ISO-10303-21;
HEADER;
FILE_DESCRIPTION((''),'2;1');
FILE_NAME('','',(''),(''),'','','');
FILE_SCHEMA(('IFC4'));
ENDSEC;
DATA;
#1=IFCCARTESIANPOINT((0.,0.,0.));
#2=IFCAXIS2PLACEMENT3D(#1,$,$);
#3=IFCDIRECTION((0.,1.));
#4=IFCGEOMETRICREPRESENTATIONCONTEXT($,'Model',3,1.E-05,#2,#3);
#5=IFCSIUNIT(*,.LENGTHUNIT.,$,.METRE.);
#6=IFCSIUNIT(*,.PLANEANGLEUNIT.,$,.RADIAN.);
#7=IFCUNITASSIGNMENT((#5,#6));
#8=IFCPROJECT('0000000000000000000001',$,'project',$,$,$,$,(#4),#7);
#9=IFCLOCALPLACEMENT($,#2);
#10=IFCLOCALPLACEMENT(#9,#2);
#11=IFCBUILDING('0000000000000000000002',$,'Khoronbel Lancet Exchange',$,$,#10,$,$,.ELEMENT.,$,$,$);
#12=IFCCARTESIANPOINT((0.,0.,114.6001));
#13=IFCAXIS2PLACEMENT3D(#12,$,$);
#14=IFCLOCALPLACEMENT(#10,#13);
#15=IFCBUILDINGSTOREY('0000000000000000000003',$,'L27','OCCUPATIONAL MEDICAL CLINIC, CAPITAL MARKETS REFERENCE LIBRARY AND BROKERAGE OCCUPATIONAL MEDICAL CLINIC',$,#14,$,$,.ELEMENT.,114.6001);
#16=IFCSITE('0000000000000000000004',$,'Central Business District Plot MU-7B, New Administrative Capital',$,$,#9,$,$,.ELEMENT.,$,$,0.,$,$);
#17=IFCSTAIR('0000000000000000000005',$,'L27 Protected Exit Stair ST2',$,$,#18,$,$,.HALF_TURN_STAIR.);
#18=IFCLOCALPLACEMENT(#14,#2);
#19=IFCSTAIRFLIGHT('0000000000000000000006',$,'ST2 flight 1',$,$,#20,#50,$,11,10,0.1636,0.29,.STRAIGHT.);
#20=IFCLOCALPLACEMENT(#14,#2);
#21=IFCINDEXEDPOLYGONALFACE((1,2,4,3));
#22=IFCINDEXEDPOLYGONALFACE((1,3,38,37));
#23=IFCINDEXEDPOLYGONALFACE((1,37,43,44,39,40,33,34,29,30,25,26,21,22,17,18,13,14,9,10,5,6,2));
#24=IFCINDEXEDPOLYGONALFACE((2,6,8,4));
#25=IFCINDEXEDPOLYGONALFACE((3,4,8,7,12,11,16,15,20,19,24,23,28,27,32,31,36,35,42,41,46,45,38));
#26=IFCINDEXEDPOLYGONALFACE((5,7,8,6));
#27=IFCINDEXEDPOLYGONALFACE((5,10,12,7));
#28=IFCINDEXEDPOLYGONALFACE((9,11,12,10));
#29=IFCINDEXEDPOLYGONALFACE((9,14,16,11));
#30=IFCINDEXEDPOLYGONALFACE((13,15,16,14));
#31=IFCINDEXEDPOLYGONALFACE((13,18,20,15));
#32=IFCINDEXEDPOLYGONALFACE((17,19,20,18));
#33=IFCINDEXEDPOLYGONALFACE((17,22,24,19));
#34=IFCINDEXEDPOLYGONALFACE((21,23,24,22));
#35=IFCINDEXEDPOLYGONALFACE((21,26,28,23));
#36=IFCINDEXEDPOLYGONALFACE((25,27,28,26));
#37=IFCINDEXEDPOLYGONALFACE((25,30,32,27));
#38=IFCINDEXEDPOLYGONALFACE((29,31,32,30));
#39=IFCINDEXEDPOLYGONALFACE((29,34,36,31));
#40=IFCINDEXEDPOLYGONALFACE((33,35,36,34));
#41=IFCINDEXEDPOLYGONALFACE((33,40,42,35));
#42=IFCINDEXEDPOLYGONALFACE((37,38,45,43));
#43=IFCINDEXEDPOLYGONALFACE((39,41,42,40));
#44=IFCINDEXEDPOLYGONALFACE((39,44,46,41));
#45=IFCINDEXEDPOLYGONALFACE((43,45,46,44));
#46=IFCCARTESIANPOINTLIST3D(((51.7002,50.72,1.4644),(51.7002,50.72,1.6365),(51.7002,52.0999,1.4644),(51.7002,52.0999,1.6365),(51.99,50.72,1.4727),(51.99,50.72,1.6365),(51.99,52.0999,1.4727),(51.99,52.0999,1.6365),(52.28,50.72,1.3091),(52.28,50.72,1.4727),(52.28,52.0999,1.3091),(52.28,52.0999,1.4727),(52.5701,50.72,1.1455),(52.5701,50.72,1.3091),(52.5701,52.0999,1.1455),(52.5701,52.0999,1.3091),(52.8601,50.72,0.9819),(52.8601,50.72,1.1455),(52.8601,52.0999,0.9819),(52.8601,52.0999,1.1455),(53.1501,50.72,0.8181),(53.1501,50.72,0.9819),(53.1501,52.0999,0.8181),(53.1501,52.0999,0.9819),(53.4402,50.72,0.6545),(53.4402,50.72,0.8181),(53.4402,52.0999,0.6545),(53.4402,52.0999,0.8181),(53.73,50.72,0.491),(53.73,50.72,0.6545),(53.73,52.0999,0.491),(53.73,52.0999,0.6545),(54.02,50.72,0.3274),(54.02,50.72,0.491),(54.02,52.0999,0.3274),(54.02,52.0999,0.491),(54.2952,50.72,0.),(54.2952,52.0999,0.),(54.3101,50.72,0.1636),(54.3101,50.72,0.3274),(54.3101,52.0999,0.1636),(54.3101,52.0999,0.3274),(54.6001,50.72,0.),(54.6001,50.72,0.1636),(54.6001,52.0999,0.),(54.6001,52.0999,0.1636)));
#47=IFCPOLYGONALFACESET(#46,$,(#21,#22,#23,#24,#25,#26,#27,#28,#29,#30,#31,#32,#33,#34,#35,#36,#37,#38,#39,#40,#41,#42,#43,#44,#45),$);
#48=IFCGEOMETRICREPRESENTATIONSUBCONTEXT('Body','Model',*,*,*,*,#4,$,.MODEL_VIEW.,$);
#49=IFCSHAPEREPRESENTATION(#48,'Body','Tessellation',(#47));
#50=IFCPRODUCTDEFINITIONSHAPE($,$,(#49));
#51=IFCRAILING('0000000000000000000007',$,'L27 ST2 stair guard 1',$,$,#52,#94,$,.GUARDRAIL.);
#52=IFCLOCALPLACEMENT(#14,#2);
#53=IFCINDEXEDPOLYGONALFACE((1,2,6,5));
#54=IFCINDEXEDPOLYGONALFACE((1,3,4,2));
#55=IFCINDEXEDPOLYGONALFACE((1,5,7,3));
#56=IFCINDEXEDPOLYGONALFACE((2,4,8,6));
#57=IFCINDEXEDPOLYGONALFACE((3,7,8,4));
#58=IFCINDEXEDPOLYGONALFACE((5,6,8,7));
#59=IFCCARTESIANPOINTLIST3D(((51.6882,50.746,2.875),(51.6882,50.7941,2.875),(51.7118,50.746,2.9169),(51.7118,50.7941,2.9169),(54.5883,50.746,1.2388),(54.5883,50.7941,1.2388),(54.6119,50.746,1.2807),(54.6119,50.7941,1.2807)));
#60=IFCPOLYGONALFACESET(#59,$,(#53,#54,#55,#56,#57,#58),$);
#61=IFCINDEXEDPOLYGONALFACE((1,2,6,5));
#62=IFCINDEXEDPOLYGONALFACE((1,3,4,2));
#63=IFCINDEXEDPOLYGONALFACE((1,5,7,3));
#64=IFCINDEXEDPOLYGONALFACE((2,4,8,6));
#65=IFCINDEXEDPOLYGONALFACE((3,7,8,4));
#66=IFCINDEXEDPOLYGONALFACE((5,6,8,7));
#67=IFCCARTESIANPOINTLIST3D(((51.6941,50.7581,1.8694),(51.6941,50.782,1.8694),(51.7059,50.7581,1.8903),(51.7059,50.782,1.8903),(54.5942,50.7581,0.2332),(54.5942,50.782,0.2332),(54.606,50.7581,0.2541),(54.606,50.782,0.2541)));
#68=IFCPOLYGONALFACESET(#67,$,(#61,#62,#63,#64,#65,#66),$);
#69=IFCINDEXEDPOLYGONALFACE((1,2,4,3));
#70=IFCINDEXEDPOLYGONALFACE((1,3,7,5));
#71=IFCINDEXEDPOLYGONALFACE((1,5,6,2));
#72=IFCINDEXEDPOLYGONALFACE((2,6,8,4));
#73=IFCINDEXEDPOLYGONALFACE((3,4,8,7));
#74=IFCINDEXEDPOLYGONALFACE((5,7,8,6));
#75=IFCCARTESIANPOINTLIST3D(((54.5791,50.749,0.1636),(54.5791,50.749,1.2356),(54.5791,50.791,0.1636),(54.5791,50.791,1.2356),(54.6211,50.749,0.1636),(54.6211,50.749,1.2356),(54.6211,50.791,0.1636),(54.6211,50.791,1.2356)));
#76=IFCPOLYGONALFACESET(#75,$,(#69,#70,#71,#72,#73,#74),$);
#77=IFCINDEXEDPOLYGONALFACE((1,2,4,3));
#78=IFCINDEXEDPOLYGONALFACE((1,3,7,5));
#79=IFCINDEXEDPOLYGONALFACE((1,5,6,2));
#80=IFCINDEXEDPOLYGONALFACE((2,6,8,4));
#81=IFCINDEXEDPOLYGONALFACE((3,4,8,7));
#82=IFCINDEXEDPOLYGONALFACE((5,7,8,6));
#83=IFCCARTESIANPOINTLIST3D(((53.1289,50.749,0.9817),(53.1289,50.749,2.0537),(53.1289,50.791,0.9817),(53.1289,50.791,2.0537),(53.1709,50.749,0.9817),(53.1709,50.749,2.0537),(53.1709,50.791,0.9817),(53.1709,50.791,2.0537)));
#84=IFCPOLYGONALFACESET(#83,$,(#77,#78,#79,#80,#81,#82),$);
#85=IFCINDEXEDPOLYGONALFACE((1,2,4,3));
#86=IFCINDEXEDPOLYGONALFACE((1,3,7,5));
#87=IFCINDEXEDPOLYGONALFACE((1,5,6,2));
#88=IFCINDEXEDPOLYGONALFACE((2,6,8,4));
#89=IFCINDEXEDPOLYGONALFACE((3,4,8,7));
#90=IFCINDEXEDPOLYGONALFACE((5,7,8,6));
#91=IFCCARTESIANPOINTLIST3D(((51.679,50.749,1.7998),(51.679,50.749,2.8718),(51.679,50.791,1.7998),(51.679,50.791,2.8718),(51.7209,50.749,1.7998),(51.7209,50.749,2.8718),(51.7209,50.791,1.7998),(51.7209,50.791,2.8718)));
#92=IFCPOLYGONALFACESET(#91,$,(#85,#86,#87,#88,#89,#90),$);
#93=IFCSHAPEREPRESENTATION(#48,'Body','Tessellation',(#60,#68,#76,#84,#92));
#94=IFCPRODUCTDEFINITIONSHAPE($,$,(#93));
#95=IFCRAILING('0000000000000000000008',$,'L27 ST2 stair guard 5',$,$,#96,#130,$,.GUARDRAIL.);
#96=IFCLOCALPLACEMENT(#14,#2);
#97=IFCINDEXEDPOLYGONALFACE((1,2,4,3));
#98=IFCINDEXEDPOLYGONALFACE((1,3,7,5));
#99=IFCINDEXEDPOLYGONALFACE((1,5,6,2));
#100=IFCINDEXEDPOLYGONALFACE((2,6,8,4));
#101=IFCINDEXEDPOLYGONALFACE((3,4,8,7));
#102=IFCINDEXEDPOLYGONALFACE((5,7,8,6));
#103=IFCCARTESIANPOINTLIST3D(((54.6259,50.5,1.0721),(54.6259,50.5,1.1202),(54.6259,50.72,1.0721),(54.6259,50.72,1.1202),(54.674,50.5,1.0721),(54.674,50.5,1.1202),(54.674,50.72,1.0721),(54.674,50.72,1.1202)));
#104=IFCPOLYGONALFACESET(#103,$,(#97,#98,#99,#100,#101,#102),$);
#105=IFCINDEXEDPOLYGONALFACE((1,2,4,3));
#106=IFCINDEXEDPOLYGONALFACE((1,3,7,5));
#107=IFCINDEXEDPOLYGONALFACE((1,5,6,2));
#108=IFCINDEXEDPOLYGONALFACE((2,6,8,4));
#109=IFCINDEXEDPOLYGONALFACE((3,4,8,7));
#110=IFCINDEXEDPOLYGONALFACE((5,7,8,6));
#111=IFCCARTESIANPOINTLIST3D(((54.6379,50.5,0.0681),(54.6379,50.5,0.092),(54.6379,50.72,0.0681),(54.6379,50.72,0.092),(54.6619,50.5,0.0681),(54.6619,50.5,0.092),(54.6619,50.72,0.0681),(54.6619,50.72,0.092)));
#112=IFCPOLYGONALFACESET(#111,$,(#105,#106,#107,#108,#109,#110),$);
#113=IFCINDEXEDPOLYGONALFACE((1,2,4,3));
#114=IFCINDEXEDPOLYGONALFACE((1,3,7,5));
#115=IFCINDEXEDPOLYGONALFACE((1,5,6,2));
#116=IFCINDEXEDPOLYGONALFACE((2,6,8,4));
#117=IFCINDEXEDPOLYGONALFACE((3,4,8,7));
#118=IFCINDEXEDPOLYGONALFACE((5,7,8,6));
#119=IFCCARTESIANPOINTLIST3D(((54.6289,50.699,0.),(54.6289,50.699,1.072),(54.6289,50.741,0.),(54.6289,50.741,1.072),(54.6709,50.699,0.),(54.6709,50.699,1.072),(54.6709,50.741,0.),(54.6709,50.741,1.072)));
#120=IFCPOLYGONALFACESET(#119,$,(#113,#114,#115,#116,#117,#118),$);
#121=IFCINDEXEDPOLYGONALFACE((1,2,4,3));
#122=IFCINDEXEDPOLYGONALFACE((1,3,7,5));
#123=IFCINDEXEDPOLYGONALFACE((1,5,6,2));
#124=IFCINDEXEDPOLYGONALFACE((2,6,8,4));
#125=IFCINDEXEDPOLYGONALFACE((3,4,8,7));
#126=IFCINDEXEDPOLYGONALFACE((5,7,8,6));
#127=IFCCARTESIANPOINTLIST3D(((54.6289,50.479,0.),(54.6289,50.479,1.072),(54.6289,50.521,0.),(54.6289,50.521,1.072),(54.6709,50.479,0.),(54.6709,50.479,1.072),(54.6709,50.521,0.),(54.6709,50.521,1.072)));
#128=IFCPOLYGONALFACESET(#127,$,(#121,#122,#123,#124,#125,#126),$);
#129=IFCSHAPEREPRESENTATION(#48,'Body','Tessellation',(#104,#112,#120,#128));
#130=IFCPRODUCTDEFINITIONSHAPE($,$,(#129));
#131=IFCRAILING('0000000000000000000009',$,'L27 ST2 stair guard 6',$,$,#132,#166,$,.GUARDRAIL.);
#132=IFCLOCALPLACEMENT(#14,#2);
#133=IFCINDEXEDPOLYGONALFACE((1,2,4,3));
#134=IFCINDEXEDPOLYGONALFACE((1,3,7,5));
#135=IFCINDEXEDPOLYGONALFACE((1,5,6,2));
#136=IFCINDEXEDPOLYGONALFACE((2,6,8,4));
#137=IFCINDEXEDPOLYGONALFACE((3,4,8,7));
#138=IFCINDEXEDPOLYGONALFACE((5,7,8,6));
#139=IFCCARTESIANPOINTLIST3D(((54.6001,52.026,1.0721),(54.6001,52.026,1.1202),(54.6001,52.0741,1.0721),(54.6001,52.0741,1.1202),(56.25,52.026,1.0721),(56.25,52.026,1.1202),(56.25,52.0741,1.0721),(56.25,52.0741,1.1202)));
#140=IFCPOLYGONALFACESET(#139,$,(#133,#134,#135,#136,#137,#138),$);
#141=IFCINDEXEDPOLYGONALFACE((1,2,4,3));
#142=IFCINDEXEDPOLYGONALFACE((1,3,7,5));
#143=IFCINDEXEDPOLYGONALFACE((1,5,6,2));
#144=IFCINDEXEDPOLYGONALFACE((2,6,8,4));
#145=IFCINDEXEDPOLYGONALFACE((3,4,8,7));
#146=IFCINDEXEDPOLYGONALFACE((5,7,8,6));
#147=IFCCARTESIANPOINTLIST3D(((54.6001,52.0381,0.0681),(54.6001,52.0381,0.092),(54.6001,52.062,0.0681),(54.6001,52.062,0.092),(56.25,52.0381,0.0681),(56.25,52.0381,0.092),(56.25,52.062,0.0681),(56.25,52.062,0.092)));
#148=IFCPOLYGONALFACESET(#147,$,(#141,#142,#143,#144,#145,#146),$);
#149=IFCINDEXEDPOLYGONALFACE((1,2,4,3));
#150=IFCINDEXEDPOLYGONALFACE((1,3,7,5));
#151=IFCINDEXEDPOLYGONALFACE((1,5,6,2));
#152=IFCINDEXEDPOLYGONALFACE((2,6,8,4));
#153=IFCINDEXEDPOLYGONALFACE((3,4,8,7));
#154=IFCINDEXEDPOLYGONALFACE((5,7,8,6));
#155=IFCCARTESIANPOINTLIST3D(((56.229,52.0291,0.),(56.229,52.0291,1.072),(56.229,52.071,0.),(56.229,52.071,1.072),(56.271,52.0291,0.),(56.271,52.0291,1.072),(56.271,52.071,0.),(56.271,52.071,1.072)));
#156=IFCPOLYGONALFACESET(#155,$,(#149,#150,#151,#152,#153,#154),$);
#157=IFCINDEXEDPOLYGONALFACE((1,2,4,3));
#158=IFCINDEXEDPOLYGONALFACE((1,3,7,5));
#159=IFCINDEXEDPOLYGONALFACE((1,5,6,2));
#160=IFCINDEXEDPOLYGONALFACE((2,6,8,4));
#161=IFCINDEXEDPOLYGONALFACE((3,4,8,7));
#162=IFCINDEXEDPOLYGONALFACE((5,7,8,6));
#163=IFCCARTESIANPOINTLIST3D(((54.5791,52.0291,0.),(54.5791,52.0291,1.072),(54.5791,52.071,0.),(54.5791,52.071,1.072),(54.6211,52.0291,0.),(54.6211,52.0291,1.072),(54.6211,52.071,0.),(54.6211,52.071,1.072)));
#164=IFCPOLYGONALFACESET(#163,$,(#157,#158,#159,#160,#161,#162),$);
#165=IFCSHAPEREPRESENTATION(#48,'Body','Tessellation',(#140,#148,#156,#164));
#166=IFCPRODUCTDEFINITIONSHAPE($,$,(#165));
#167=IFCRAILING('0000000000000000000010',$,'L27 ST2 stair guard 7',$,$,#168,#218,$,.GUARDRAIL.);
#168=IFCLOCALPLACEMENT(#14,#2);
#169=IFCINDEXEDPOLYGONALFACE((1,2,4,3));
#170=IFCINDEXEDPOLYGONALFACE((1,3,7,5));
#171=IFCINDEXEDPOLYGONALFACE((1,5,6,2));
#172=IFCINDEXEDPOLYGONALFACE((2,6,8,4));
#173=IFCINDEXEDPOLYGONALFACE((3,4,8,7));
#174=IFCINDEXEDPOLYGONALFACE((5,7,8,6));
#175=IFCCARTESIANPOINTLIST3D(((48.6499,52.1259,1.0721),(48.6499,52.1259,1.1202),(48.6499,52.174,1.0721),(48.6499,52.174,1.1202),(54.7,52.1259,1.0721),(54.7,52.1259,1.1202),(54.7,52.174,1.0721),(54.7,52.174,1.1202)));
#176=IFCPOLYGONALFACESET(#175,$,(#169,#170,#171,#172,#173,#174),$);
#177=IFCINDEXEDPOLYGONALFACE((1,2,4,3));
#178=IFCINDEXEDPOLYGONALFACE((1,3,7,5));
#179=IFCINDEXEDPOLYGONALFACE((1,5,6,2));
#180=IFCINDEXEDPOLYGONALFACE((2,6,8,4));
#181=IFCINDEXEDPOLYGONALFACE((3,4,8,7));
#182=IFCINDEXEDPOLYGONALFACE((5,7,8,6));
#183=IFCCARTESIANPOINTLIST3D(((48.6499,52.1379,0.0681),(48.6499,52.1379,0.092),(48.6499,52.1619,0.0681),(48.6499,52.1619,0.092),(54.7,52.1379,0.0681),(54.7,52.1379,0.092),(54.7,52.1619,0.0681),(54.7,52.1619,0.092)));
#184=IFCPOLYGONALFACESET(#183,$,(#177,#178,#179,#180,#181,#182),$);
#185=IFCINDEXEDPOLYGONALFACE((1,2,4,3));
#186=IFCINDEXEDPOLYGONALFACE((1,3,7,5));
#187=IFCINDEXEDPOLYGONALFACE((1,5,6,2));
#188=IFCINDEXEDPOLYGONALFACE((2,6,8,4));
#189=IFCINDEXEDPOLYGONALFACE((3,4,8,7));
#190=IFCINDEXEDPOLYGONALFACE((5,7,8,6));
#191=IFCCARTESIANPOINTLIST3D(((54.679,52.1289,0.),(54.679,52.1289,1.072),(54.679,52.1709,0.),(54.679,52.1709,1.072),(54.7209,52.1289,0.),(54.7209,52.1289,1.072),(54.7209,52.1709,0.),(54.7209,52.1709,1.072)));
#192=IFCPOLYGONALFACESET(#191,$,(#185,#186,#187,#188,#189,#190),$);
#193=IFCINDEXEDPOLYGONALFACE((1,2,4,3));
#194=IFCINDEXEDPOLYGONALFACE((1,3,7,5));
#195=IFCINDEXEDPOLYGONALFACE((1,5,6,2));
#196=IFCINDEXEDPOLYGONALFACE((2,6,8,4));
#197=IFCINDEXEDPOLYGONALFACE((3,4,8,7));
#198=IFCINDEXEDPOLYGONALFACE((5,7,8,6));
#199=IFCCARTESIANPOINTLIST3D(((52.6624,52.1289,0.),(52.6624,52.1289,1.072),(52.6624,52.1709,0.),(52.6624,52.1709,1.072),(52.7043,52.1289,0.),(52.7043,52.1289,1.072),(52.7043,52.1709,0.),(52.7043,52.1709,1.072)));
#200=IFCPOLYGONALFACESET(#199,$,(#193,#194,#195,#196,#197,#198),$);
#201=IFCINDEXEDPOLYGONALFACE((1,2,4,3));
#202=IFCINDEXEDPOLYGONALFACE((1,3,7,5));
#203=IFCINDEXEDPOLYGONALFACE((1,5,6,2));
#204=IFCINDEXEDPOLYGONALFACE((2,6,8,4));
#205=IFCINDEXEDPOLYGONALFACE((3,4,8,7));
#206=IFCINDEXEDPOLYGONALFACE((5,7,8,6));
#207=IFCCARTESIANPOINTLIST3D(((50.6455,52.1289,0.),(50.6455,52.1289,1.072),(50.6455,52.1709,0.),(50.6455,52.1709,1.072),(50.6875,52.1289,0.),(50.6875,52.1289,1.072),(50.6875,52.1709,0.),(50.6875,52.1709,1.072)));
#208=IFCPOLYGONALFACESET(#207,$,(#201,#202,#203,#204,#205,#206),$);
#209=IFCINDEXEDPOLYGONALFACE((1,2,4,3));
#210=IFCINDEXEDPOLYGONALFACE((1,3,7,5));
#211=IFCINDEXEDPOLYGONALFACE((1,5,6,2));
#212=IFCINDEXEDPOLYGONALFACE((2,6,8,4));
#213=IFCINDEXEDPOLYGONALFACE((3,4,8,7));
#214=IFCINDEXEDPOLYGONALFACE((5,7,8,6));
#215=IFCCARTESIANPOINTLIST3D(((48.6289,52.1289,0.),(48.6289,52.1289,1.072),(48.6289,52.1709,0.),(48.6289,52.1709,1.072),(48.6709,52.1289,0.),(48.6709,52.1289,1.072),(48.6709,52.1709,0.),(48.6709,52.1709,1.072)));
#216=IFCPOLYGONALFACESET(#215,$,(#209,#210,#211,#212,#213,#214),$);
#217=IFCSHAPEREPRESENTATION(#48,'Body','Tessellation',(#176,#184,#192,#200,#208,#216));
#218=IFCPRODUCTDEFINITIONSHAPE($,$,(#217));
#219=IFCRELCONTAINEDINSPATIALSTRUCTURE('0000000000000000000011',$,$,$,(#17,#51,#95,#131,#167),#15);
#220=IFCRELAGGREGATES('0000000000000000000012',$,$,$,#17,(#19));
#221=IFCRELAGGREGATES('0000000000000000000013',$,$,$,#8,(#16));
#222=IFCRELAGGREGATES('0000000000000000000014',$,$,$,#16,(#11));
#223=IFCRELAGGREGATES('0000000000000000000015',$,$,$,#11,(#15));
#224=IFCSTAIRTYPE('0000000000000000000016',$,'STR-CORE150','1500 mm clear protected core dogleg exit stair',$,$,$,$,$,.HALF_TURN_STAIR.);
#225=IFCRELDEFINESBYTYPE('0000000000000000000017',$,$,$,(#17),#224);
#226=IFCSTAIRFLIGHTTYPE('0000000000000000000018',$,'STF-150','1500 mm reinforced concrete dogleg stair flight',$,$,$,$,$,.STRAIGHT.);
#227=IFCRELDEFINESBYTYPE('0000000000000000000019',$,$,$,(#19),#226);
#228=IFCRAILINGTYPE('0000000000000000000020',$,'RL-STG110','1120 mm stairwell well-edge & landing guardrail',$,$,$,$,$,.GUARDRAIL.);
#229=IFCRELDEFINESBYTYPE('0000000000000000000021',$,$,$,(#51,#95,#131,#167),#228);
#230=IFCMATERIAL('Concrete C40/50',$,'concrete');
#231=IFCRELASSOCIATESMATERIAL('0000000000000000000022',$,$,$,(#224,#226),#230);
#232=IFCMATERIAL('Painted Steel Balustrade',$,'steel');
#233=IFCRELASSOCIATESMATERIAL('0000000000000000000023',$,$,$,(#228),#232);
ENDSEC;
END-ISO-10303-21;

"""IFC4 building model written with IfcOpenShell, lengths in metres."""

from ifc_helpers import new_model, si_unit, direction, frame, origin, origin_2d, place, context, subcontext, project, spatial, polyline, rectangle, outline, extrude, material, type_object, element, aggregate, save


model = new_model("IFC4")

# Units and contexts
model_context = context("Model", 3, precision=1e-05, world=origin(), true_north=direction((0.0, 1.0)))
body_context = subcontext(model_context, "Body", "Model", "MODEL_VIEW")
ifc_project = project(units=[si_unit("LENGTHUNIT", "METRE"), si_unit("PLANEANGLEUNIT", "RADIAN")], contexts=[model_context])

# Site, building, storey
site_placement = place(None, origin())
site = spatial("IfcSite", under=ifc_project, at=site_placement, Name="Central Business District Plot MU-7B, New Administrative Capital", CompositionType="ELEMENT", RefElevation=0.0)
building_placement = place(site_placement, origin())
building = spatial("IfcBuilding", under=site, at=building_placement, Name="Khoronbel Lancet Exchange", CompositionType="ELEMENT")
storey_placement = place(building_placement, frame((0.0, 0.0, 114.6001)))
storey = spatial("IfcBuildingStorey", under=building, at=storey_placement, Name="L27", Description="OCCUPATIONAL MEDICAL CLINIC, CAPITAL MARKETS REFERENCE LIBRARY AND BROKERAGE OCCUPATIONAL MEDICAL CLINIC", CompositionType="ELEMENT", Elevation=114.6001)

# Stair, stair flight
ifc_material_1 = material(Name="Concrete C40/50", Category="concrete")
stair_type = type_object("IfcStairType", Name="STR-CORE150", Description="1500 mm clear protected core dogleg exit stair", PredefinedType="HALF_TURN_STAIR", material=ifc_material_1)
stair_placement = place(storey_placement, origin())
stair = element("IfcStair", 1, at=stair_placement, inside=storey, type_object=stair_type, Name="L27 Protected Exit Stair ST2", PredefinedType="HALF_TURN_STAIR")
stair_flight_type = type_object("IfcStairFlightType", Name="STF-150", Description="1500 mm reinforced concrete dogleg stair flight", PredefinedType="STRAIGHT", material=ifc_material_1)
stair_flight_placement = place(storey_placement, frame((54.6001, 51.4099, 0.0), z_axis=(0.0, 0.0, 1.0), x_axis=(-1.0, 0.0, 0.0)))
stair_flight = element("IfcStairFlight", 2, at=stair_flight_placement, type_object=stair_flight_type, Name="ST2 flight 1", NumberOfRisers=11, NumberOfTreads=10, PredefinedType="STRAIGHT", RiserHeight=0.1636, TreadLength=0.29, context=body_context, shape_type="SweptSolid", body=[
    extrude(outline(polyline([(0.0, 0.0), (0.0, 0.1636), (0.29, 0.1636), (0.29, 0.3274), (0.5801, 0.3274), (0.5801, 0.491), (0.8701, 0.491), (0.8701, 0.6545), (1.1599, 0.6545), (1.1599, 0.8181), (1.45, 0.8181), (1.45, 0.9819), (1.74, 0.9819), (1.74, 1.1455), (2.03, 1.1455), (2.03, 1.3091), (2.3201, 1.3091), (2.3201, 1.4727), (2.6101, 1.4727), (2.6101, 1.6365), (2.8999, 1.6365), (2.8999, 1.8), (2.8999, 1.4644), (0.3049, 0.0), (0.0, 0.0)])), frame((0.0, 0.6899, 0.0), z_axis=(0.0, -1.0, 0.0), x_axis=(1.0, 0.0, 0.0)), (0.0, 0.0, 1.0), 1.3799),
])
aggregate(stair, [stair_flight])

# Railings
ifc_material_2 = material(Name="Painted Steel Balustrade", Category="steel")
railing_type_1 = type_object("IfcRailingType", Name="RL-STG110", Description="1120 mm stairwell well-edge & landing guardrail", PredefinedType="GUARDRAIL", material=ifc_material_2)
railing_1_placement = place(storey_placement, frame((54.6001, 50.77, 0.1636)))
element("IfcRailing", 3, at=railing_1_placement, inside=storey, type_object=railing_type_1, Name="L27 ST2 stair guard 1", PredefinedType="GUARDRAIL", context=body_context, shape_type="SweptSolid", body=[
    extrude(rectangle(XDim=0.0481, YDim=0.0481, at=origin_2d()), frame((0.0, 0.0, 1.0962), z_axis=(-0.870946, 0.0, 0.491378), x_axis=(0.0, -1.0, 0.0)), (0.0, 0.0, 1.0), 3.3298),
    extrude(rectangle(XDim=0.0239, YDim=0.0239, at=origin_2d()), frame((0.0, 0.0, 0.0801), z_axis=(-0.870946, 0.0, 0.491378), x_axis=(0.0, -1.0, 0.0)), (0.0, 0.0, 1.0), 3.3298),
    extrude(rectangle(XDim=0.042, YDim=0.042, at=origin_2d()), origin(), (0.0, 0.0, 1.0), 1.072),
    extrude(rectangle(XDim=0.042, YDim=0.042, at=origin_2d()), frame((-1.4502, 0.0, 0.8181)), (0.0, 0.0, 1.0), 1.072),
    extrude(rectangle(XDim=0.042, YDim=0.042, at=origin_2d()), frame((-2.9001, 0.0, 1.6362)), (0.0, 0.0, 1.0), 1.072),
])
railing_2_placement = place(storey_placement, frame((54.6499, 50.72, 0.0)))
element("IfcRailing", 4, at=railing_2_placement, inside=storey, type_object=railing_type_1, Name="L27 ST2 stair guard 5", PredefinedType="GUARDRAIL", context=body_context, shape_type="SweptSolid", body=[
    extrude(rectangle(XDim=0.0481, YDim=0.0481, at=origin_2d()), frame((0.0, 0.0, 1.0962), z_axis=(0.0, -1.0, 0.0), x_axis=(1.0, 0.0, 0.0)), (0.0, 0.0, 1.0), 0.22),
    extrude(rectangle(XDim=0.0239, YDim=0.0239, at=origin_2d()), frame((0.0, 0.0, 0.0801), z_axis=(0.0, -1.0, 0.0), x_axis=(1.0, 0.0, 0.0)), (0.0, 0.0, 1.0), 0.22),
    extrude(rectangle(XDim=0.042, YDim=0.042, at=origin_2d()), origin(), (0.0, 0.0, 1.0), 1.072),
    extrude(rectangle(XDim=0.042, YDim=0.042, at=origin_2d()), frame((0.0, -0.22, 0.0)), (0.0, 0.0, 1.0), 1.072),
])
railing_3_placement = place(storey_placement, frame((56.25, 52.05, 0.0)))
element("IfcRailing", 5, at=railing_3_placement, inside=storey, type_object=railing_type_1, Name="L27 ST2 stair guard 6", PredefinedType="GUARDRAIL", context=body_context, shape_type="SweptSolid", body=[
    extrude(rectangle(XDim=0.0481, YDim=0.0481, at=origin_2d()), frame((0.0, 0.0, 1.0962), z_axis=(-1.0, 0.0, 0.0), x_axis=(0.0, -1.0, 0.0)), (0.0, 0.0, 1.0), 1.6499),
    extrude(rectangle(XDim=0.0239, YDim=0.0239, at=origin_2d()), frame((0.0, 0.0, 0.0801), z_axis=(-1.0, 0.0, 0.0), x_axis=(0.0, -1.0, 0.0)), (0.0, 0.0, 1.0), 1.6499),
    extrude(rectangle(XDim=0.042, YDim=0.042, at=origin_2d()), origin(), (0.0, 0.0, 1.0), 1.072),
    extrude(rectangle(XDim=0.042, YDim=0.042, at=origin_2d()), frame((-1.6499, 0.0, 0.0)), (0.0, 0.0, 1.0), 1.072),
])
railing_4_placement = place(storey_placement, frame((54.7, 52.1499, 0.0)))
element("IfcRailing", 6, at=railing_4_placement, inside=storey, type_object=railing_type_1, Name="L27 ST2 stair guard 7", PredefinedType="GUARDRAIL", context=body_context, shape_type="SweptSolid", body=[
    extrude(rectangle(XDim=0.0481, YDim=0.0481, at=origin_2d()), frame((0.0, 0.0, 1.0962), z_axis=(-1.0, 0.0, 0.0), x_axis=(0.0, -1.0, 0.0)), (0.0, 0.0, 1.0), 6.05),
    extrude(rectangle(XDim=0.0239, YDim=0.0239, at=origin_2d()), frame((0.0, 0.0, 0.0801), z_axis=(-1.0, 0.0, 0.0), x_axis=(0.0, -1.0, 0.0)), (0.0, 0.0, 1.0), 6.05),
    extrude(rectangle(XDim=0.042, YDim=0.042, at=origin_2d()), origin(), (0.0, 0.0, 1.0), 1.072),
    extrude(rectangle(XDim=0.042, YDim=0.042, at=origin_2d()), frame((-2.0166, 0.0, 0.0)), (0.0, 0.0, 1.0), 1.072),
    extrude(rectangle(XDim=0.042, YDim=0.042, at=origin_2d()), frame((-4.0334, 0.0, 0.0)), (0.0, 0.0, 1.0), 1.072),
    extrude(rectangle(XDim=0.042, YDim=0.042, at=origin_2d()), frame((-6.05, 0.0, 0.0)), (0.0, 0.0, 1.0), 1.072),
])

save(model, "model.ifc")
